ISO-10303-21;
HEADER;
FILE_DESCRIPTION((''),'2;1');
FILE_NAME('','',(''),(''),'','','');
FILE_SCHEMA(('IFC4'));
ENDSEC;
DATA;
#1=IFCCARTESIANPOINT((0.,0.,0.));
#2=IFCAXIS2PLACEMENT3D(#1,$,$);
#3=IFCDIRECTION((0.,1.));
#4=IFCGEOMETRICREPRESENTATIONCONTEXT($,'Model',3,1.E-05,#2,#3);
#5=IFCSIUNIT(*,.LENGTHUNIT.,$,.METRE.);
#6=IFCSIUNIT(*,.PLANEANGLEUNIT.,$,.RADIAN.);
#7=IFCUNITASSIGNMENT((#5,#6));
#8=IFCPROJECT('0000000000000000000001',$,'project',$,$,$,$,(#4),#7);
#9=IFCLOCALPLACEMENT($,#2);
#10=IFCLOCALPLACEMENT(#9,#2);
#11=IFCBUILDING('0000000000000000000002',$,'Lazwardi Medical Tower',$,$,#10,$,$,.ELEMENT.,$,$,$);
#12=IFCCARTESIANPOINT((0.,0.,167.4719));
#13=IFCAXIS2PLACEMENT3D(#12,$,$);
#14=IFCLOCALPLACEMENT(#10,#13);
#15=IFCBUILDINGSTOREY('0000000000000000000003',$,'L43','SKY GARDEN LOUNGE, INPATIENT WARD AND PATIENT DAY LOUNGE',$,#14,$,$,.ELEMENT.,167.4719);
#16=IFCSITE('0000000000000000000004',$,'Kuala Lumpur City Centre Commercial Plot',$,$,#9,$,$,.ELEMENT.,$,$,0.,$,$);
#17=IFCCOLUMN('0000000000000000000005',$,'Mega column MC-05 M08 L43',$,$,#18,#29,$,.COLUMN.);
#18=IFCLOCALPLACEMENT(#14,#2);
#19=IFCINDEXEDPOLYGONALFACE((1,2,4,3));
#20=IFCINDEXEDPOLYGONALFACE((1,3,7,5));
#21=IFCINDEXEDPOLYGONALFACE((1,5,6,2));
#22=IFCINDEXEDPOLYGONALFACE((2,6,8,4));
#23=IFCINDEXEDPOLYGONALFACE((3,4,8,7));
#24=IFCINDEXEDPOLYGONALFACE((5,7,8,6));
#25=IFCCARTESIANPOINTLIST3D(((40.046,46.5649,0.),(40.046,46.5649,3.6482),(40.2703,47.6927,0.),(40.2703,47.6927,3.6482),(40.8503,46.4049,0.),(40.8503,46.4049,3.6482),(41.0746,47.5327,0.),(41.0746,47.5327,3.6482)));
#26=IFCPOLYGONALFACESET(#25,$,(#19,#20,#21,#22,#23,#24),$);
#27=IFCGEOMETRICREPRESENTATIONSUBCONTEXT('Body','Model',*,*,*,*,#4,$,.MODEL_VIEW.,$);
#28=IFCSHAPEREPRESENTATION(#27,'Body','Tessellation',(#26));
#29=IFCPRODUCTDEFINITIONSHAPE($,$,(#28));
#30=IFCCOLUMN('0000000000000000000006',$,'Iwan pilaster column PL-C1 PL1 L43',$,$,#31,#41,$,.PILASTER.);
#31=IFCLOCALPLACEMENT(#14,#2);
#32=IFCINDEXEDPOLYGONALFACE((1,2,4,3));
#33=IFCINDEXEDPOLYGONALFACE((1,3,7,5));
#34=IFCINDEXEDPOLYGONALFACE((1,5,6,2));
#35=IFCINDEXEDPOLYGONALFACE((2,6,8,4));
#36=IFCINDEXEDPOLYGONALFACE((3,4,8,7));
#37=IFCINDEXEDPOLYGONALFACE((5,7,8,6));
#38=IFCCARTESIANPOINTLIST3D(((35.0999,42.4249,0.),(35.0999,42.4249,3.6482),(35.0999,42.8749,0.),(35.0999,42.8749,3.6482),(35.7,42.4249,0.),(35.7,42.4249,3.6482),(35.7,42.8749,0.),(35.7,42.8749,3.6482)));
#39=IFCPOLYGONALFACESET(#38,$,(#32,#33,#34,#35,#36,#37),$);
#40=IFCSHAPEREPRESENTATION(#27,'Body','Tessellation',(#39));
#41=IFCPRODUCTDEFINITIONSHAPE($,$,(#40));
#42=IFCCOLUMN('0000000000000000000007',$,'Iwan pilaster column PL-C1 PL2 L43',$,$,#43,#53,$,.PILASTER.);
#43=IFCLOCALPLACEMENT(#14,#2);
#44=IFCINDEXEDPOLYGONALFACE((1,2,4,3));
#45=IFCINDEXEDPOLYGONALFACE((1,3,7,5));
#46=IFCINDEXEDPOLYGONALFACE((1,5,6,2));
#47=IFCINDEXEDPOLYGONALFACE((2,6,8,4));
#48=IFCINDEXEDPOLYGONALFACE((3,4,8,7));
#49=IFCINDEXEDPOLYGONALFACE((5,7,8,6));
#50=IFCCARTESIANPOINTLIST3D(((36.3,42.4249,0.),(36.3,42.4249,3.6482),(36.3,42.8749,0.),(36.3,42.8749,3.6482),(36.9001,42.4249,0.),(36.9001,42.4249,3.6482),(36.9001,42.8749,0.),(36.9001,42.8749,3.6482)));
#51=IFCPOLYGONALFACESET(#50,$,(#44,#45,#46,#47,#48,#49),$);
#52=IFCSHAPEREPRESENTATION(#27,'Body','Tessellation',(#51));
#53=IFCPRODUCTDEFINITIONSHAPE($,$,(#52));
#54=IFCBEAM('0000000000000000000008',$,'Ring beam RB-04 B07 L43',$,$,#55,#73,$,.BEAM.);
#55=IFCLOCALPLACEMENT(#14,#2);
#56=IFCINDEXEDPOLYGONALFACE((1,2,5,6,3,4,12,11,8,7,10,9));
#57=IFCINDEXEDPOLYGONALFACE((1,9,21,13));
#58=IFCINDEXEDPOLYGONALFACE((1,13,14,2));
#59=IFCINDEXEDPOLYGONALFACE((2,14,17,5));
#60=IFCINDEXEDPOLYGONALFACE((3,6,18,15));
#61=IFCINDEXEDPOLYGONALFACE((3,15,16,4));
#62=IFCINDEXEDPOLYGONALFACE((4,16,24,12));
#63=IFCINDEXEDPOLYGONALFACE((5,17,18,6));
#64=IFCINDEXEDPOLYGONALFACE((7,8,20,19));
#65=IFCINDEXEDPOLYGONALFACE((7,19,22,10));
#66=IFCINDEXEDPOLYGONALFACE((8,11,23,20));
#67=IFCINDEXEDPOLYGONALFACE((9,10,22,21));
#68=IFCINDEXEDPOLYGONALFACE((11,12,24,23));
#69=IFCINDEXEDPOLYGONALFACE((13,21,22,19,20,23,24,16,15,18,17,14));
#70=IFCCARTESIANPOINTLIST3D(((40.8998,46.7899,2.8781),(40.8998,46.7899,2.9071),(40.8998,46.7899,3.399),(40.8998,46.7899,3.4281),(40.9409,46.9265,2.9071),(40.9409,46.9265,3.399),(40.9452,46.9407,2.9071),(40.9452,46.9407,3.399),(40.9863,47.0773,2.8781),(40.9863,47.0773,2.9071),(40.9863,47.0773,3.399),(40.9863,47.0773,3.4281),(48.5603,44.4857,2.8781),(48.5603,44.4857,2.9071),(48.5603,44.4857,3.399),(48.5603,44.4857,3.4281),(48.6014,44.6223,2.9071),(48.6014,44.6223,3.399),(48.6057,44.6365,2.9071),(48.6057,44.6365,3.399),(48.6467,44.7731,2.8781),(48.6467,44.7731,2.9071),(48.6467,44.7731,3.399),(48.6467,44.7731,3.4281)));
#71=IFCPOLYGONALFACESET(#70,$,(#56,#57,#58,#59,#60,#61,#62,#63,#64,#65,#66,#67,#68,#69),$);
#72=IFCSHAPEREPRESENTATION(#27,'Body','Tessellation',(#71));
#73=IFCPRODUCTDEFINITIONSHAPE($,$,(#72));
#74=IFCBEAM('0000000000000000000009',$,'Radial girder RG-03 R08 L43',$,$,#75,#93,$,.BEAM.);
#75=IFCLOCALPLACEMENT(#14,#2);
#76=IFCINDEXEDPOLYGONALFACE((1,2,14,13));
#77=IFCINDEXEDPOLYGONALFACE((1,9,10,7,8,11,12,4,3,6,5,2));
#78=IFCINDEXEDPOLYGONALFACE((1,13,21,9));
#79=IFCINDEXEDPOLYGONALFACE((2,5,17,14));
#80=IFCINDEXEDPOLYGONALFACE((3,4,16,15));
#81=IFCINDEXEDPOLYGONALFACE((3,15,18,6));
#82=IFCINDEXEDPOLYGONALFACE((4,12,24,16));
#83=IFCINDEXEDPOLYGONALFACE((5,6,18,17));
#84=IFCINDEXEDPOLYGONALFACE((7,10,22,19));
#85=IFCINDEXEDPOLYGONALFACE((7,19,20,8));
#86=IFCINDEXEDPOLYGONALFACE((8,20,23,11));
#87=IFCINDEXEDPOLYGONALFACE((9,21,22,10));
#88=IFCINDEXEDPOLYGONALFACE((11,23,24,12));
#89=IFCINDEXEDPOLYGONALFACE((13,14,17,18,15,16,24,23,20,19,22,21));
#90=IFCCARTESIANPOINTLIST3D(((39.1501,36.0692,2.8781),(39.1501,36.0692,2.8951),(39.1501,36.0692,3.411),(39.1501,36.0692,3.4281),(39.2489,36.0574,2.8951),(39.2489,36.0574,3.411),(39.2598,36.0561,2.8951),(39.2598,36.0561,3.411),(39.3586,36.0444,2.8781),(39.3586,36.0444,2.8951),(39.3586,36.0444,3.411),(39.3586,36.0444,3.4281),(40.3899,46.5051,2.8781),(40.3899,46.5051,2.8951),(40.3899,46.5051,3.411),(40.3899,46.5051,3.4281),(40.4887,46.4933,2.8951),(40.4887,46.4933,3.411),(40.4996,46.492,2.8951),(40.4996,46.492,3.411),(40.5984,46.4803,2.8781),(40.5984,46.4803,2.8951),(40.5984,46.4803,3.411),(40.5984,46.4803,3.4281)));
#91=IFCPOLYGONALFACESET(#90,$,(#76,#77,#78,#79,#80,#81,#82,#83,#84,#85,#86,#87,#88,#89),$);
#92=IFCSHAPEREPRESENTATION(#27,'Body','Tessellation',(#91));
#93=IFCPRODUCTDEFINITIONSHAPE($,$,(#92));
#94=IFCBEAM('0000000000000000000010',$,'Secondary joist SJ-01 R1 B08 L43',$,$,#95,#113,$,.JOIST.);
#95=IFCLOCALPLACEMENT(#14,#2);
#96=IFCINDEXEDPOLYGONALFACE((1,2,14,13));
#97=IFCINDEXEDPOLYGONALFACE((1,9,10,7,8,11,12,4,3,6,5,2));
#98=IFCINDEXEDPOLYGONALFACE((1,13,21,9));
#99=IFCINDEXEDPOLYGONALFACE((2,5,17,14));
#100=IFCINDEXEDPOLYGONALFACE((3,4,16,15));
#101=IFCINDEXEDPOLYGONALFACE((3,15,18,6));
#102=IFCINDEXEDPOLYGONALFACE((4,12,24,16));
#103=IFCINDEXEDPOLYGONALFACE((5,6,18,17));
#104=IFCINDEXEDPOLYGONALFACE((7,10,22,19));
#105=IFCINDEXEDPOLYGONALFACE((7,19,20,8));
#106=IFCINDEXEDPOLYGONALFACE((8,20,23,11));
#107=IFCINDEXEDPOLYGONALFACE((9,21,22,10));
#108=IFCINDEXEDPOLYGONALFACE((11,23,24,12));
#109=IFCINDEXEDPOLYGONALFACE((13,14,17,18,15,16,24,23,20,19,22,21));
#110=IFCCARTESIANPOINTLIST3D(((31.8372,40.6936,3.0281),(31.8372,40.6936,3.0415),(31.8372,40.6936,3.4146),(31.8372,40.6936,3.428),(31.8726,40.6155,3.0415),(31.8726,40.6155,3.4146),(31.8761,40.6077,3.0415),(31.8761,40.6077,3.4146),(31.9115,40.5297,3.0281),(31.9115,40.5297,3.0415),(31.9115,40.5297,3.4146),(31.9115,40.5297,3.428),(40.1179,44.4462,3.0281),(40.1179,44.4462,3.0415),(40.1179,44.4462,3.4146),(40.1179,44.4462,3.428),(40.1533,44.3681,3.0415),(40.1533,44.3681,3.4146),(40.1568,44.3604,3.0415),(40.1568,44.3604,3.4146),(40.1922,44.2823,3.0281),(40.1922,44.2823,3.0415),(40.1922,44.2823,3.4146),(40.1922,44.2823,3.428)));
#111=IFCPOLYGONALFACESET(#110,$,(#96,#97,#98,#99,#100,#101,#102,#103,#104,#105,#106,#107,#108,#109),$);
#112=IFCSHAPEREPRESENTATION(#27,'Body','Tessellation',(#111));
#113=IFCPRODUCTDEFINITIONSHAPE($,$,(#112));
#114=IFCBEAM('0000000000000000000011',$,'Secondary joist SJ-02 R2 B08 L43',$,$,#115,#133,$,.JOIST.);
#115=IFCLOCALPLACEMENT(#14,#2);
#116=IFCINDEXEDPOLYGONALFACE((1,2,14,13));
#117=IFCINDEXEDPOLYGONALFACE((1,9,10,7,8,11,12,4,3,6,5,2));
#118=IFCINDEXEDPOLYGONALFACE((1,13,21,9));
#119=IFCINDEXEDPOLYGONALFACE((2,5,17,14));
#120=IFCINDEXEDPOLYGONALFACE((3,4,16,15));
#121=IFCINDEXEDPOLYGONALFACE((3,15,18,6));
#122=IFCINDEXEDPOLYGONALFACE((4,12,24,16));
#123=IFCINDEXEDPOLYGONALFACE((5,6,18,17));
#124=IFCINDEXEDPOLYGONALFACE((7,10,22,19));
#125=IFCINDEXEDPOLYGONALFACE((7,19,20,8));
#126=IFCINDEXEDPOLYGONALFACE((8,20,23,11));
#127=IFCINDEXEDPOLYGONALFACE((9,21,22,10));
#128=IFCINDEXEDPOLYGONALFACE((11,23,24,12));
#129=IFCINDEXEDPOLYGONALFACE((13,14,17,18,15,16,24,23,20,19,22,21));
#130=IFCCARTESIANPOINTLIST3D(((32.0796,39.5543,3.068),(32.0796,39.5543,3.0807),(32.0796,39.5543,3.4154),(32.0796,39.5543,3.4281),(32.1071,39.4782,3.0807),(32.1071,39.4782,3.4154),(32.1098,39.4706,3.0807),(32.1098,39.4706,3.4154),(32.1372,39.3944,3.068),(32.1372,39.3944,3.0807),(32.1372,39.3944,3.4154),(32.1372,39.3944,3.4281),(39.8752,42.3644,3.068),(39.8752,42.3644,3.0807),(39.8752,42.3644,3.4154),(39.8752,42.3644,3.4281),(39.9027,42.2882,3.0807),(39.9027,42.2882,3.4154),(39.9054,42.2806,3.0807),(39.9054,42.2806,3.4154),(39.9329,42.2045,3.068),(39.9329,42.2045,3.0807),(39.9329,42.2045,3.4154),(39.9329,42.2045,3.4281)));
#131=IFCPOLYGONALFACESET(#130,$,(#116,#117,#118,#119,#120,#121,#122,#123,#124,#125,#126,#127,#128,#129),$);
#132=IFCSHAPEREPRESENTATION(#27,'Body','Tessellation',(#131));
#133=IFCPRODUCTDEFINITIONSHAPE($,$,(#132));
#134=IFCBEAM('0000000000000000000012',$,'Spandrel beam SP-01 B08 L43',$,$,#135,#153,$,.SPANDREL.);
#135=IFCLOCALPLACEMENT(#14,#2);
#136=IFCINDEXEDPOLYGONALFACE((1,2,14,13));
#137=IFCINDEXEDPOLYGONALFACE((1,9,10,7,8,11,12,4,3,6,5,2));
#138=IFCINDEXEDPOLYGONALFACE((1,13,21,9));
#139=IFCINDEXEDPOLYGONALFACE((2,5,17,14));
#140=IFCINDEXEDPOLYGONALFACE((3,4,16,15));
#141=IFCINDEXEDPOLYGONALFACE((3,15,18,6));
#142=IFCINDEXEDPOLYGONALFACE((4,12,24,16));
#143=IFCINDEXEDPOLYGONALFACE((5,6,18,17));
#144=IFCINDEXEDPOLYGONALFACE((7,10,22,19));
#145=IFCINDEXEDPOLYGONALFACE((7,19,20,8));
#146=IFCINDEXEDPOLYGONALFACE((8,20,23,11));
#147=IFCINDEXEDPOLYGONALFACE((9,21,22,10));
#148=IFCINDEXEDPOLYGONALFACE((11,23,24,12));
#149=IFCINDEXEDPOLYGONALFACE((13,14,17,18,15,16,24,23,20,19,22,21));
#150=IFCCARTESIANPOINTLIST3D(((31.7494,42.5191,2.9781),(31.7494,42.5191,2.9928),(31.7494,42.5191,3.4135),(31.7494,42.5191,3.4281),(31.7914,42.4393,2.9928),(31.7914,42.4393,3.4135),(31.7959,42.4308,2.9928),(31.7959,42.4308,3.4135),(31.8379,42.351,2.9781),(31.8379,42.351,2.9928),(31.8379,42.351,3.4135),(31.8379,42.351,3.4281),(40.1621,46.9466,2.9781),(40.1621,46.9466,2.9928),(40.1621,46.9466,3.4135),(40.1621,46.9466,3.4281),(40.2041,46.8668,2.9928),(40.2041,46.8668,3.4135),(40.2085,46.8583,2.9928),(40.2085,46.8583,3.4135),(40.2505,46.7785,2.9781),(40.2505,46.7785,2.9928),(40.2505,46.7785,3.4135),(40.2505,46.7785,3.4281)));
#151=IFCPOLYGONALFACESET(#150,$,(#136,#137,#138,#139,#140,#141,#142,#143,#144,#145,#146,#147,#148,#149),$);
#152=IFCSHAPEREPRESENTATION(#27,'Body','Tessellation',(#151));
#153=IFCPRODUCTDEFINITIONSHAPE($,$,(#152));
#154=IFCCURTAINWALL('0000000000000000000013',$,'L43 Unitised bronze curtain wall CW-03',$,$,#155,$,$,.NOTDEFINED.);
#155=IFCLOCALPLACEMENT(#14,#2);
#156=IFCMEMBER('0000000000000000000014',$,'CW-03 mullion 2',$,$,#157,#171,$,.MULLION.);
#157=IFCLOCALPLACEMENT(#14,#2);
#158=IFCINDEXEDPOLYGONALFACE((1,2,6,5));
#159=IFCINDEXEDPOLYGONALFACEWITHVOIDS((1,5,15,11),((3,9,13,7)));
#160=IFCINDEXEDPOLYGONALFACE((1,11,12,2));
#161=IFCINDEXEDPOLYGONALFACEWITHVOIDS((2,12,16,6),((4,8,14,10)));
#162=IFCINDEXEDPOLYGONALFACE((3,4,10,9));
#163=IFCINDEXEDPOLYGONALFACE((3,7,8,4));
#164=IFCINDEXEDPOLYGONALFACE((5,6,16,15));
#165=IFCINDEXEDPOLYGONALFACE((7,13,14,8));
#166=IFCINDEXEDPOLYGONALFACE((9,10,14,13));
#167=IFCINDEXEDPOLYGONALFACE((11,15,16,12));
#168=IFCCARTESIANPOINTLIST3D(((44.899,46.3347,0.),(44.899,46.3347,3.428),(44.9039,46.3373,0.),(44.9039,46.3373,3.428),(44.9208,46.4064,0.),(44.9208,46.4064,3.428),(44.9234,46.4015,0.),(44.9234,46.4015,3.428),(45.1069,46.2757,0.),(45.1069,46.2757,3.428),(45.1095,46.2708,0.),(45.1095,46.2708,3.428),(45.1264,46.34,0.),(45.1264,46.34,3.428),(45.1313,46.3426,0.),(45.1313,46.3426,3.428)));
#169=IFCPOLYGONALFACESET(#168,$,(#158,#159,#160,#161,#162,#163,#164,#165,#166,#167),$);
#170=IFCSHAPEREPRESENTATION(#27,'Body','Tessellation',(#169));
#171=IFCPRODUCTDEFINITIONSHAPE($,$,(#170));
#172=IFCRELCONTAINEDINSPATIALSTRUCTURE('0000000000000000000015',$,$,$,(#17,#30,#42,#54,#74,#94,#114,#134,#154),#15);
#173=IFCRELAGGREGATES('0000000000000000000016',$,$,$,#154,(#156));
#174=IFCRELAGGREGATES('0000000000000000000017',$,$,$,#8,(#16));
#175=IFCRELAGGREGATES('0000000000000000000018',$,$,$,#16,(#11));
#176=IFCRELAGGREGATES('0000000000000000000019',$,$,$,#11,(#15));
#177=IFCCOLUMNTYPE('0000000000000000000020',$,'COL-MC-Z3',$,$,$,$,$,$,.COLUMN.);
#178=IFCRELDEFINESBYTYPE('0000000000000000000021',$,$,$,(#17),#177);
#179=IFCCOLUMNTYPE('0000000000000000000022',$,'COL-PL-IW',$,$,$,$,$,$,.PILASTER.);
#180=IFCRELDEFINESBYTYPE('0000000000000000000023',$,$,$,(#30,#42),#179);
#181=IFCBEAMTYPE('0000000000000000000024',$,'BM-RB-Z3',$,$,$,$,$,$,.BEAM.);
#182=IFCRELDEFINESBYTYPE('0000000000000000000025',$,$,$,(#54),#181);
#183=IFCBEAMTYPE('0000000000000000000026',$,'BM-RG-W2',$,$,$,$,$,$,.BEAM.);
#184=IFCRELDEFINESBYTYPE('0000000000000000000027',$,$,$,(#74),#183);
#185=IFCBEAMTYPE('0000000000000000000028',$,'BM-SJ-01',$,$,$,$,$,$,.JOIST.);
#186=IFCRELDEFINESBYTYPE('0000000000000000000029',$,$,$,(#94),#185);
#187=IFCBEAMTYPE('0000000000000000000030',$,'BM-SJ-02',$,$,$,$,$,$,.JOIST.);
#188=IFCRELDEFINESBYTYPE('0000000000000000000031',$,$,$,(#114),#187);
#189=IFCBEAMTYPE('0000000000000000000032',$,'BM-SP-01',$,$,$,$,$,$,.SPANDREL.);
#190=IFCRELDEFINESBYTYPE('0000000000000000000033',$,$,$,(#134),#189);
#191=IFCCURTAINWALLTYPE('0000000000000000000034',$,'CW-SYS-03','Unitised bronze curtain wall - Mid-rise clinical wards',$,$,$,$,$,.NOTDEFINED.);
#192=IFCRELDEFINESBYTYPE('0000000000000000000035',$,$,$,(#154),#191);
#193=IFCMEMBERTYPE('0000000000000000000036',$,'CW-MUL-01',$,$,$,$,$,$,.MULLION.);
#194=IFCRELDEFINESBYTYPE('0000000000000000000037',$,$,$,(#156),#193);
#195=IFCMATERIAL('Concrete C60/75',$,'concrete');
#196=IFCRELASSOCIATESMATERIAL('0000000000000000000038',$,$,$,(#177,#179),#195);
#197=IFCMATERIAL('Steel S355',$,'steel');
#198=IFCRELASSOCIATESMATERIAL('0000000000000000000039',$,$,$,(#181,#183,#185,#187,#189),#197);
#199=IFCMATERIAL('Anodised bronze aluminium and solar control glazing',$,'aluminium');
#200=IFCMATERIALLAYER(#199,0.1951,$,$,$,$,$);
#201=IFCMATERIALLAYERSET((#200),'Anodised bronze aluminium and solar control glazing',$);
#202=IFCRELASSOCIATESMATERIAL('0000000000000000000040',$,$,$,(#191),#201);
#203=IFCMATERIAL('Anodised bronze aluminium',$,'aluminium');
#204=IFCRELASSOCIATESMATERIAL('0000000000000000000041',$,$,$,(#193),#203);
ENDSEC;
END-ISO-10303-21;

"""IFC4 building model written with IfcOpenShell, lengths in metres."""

from ifc_helpers import new_model, si_unit, direction, frame, origin, origin_2d, place, context, subcontext, project, spatial, rectangle, hollow_rectangle, i_section, extrude, material, layer, layer_set, material_profile, profile_set, type_object, element, aggregate, save


model = new_model("IFC4")

# Units and contexts
model_context = context("Model", 3, precision=1e-05, world=origin(), true_north=direction((0.0, 1.0)))
body_context = subcontext(model_context, "Body", "Model", "MODEL_VIEW")
ifc_project = project(units=[si_unit("LENGTHUNIT", "METRE"), si_unit("PLANEANGLEUNIT", "RADIAN")], contexts=[model_context])

# Site, building, storey
site_placement = place(None, origin())
site = spatial("IfcSite", under=ifc_project, at=site_placement, Name="Kuala Lumpur City Centre Commercial Plot", CompositionType="ELEMENT", RefElevation=0.0)
building_placement = place(site_placement, origin())
building = spatial("IfcBuilding", under=site, at=building_placement, Name="Lazwardi Medical Tower", CompositionType="ELEMENT")
storey_placement = place(building_placement, frame((0.0, 0.0, 167.4719)))
storey = spatial("IfcBuildingStorey", under=building, at=storey_placement, Name="L43", Description="SKY GARDEN LOUNGE, INPATIENT WARD AND PATIENT DAY LOUNGE", CompositionType="ELEMENT", Elevation=167.4719)

# Columns
ifc_material_1 = material(Name="Concrete C60/75", Category="concrete")
ifc_material_profile_1 = material_profile(ifc_material_1, rectangle(XDim=1.1499, YDim=0.8201, at=origin_2d()), Name="CFT-RECT 1150x820")
ifc_profile_set_1 = profile_set([ifc_material_profile_1], Name="Concrete C60/75")
column_type_1 = type_object("IfcColumnType", Name="COL-MC-Z3", PredefinedType="COLUMN", material=ifc_profile_set_1)
column_placement = place(storey_placement, frame((40.5603, 47.0488, 0.0), z_axis=(0.0, 0.0, 1.0), x_axis=(0.19509, 0.980785, 0.0)))
element("IfcColumn", 1, at=column_placement, inside=storey, type_object=column_type_1, Name="Mega column MC-05 M08 L43", PredefinedType="COLUMN", context=body_context, shape_type="SweptSolid", body=[
    extrude(rectangle(XDim=1.1499, YDim=0.8201, at=origin_2d()), origin(), (0.0, 0.0, 1.0), 3.6482),
])
ifc_material_profile_2 = material_profile(ifc_material_1, rectangle(XDim=0.6001, YDim=0.45, at=origin_2d()), Name="RC 600x450")
ifc_profile_set_2 = profile_set([ifc_material_profile_2], Name="Concrete C60/75")
column_type_2 = type_object("IfcColumnType", Name="COL-PL-IW", PredefinedType="PILASTER", material=ifc_profile_set_2)
for number, where, z_axis, x_axis, name in (
    (2, (35.3999, 42.6499, 0.0), (0.0, 0.0, 1.0), (1.0, 0.0, 0.0), "Iwan pilaster column PL-C1 PL1 L43"),
    (3, (36.6001, 42.6499, 0.0), (0.0, 0.0, 1.0), (1.0, 0.0, 0.0), "Iwan pilaster column PL-C1 PL2 L43"),
):
    element("IfcColumn", number, at=place(storey_placement, frame(where, z_axis=z_axis, x_axis=x_axis)), inside=storey, type_object=column_type_2, Name=name, PredefinedType="PILASTER", context=body_context, shape_type="SweptSolid", body=[
        extrude(rectangle(XDim=0.6001, YDim=0.45, at=origin_2d()), origin(), (0.0, 0.0, 1.0), 3.6482),
    ])

# Beams
ifc_material_2 = material(Name="Steel S355", Category="steel")
ifc_material_profile_3 = material_profile(ifc_material_2, i_section(OverallWidth=0.3, OverallDepth=0.55, WebThickness=0.0149, FlangeThickness=0.0291, at=origin_2d()), Name="HEB 550")
ifc_profile_set_3 = profile_set([ifc_material_profile_3], Name="Steel S355")
beam_type_1 = type_object("IfcBeamType", Name="BM-RB-Z3", PredefinedType="BEAM", material=ifc_profile_set_3)
beam_1_placement = place(storey_placement, frame((48.6035, 44.6294, 3.1531), z_axis=(-0.957617, 0.288045, 0.0), x_axis=(-0.288045, -0.957617, 0.0)))
element("IfcBeam", 4, at=beam_1_placement, inside=storey, type_object=beam_type_1, Name="Ring beam RB-04 B07 L43", PredefinedType="BEAM", context=body_context, shape_type="SweptSolid", body=[
    extrude(i_section(OverallWidth=0.3, OverallDepth=0.55, WebThickness=0.0149, FlangeThickness=0.0291, at=origin_2d()), origin(), (0.0, 0.0, 1.0), 7.9995),
])
ifc_material_profile_4 = material_profile(ifc_material_2, i_section(OverallWidth=0.21, OverallDepth=0.55, WebThickness=0.011, FlangeThickness=0.0171, at=origin_2d()), Name="IPE 550")
ifc_profile_set_4 = profile_set([ifc_material_profile_4], Name="Steel S355")
beam_type_2 = type_object("IfcBeamType", Name="BM-RG-W2", PredefinedType="BEAM", material=ifc_profile_set_4)
beam_2_placement = place(storey_placement, frame((40.4941, 46.4927, 3.1531), z_axis=(-0.117968, -0.993017, 0.0), x_axis=(0.993017, -0.117968, 0.0)))
element("IfcBeam", 5, at=beam_2_placement, inside=storey, type_object=beam_type_2, Name="Radial girder RG-03 R08 L43", PredefinedType="BEAM", context=body_context, shape_type="SweptSolid", body=[
    extrude(i_section(OverallWidth=0.21, OverallDepth=0.55, WebThickness=0.011, FlangeThickness=0.0171, at=origin_2d()), origin(), (0.0, 0.0, 1.0), 10.5093),
])
ifc_material_profile_5 = material_profile(ifc_material_2, i_section(OverallWidth=0.1799, OverallDepth=0.3999, WebThickness=0.0085, FlangeThickness=0.0134, at=origin_2d()), Name="IPE 400")
ifc_profile_set_5 = profile_set([ifc_material_profile_5], Name="Steel S355")
beam_type_3 = type_object("IfcBeamType", Name="BM-SJ-01", PredefinedType="JOIST", material=ifc_profile_set_5)
beam_3_placement = place(storey_placement, frame((40.155, 44.3643, 3.228), z_axis=(-0.910834, -0.412773, 0.0), x_axis=(0.412773, -0.910834, 0.0)))
element("IfcBeam", 6, at=beam_3_placement, inside=storey, type_object=beam_type_3, Name="Secondary joist SJ-01 R1 B08 L43", PredefinedType="JOIST", context=body_context, shape_type="SweptSolid", body=[
    extrude(i_section(OverallWidth=0.1799, OverallDepth=0.3999, WebThickness=0.0085, FlangeThickness=0.0134, at=origin_2d()), origin(), (0.0, 0.0, 1.0), 9.0913),
])
ifc_material_profile_6 = material_profile(ifc_material_2, i_section(OverallWidth=0.1699, OverallDepth=0.3601, WebThickness=0.0081, FlangeThickness=0.0127, at=origin_2d()), Name="IPE 360")
ifc_profile_set_6 = profile_set([ifc_material_profile_6], Name="Steel S355")
beam_type_4 = type_object("IfcBeamType", Name="BM-SJ-02", PredefinedType="JOIST", material=ifc_profile_set_6)
beam_4_placement = place(storey_placement, frame((39.9041, 42.2844, 3.248), z_axis=(-0.940748, -0.339106, 0.0), x_axis=(0.339106, -0.940748, 0.0)))
element("IfcBeam", 7, at=beam_4_placement, inside=storey, type_object=beam_type_4, Name="Secondary joist SJ-02 R2 B08 L43", PredefinedType="JOIST", context=body_context, shape_type="SweptSolid", body=[
    extrude(i_section(OverallWidth=0.1699, OverallDepth=0.3601, WebThickness=0.0081, FlangeThickness=0.0127, at=origin_2d()), origin(), (0.0, 0.0, 1.0), 8.2866),
])
ifc_material_profile_7 = material_profile(ifc_material_2, i_section(OverallWidth=0.1899, OverallDepth=0.45, WebThickness=0.0095, FlangeThickness=0.0146, at=origin_2d()), Name="IPE 450")
ifc_profile_set_7 = profile_set([ifc_material_profile_7], Name="Steel S355")
beam_type_5 = type_object("IfcBeamType", Name="BM-SP-01", PredefinedType="SPANDREL", material=ifc_profile_set_7)
beam_5_placement = place(storey_placement, frame((40.2063, 46.8625, 3.2031), z_axis=(-0.884927, -0.465731, 0.0), x_axis=(0.465731, -0.884927, 0.0)))
element("IfcBeam", 8, at=beam_5_placement, inside=storey, type_object=beam_type_5, Name="Spandrel beam SP-01 B08 L43", PredefinedType="SPANDREL", context=body_context, shape_type="SweptSolid", body=[
    extrude(i_section(OverallWidth=0.1899, OverallDepth=0.45, WebThickness=0.0095, FlangeThickness=0.0146, at=origin_2d()), origin(), (0.0, 0.0, 1.0), 9.5066),
])

# Curtain wall, member
ifc_material_3 = material(Name="Anodised bronze aluminium and solar control glazing", Category="aluminium")
ifc_layer_1 = layer(ifc_material_3, 0.1951)
ifc_layer_set_1 = layer_set([ifc_layer_1], Name="Anodised bronze aluminium and solar control glazing")
curtain_wall_type = type_object("IfcCurtainWallType", Name="CW-SYS-03", Description="Unitised bronze curtain wall - Mid-rise clinical wards", PredefinedType="NOTDEFINED", material=ifc_layer_set_1)
curtain_wall_placement = place(storey_placement, origin())
curtain_wall = element("IfcCurtainWall", 9, at=curtain_wall_placement, inside=storey, type_object=curtain_wall_type, Name="L43 Unitised bronze curtain wall CW-03", PredefinedType="NOTDEFINED")
ifc_material_4 = material(Name="Anodised bronze aluminium", Category="aluminium")
ifc_material_profile_8 = material_profile(ifc_material_4, hollow_rectangle(XDim=0.075, YDim=0.22, WallThickness=0.0039, at=origin_2d()), Name="ALU-MULLION 220x75x4")
ifc_profile_set_8 = profile_set([ifc_material_profile_8], Name="Anodised bronze aluminium")
member_type_1 = type_object("IfcMemberType", Name="CW-MUL-01", PredefinedType="MULLION", material=ifc_profile_set_8)
member_1_placement = place(storey_placement, frame((45.0151, 46.3386, 0.0), z_axis=(0.0, 0.0, 1.0), x_axis=(-0.290281, -0.956942, 0.0)))
member_1 = element("IfcMember", 10, at=member_1_placement, type_object=member_type_1, Name="CW-03 mullion 2", PredefinedType="MULLION", context=body_context, shape_type="SweptSolid", body=[
    extrude(hollow_rectangle(XDim=0.075, YDim=0.22, WallThickness=0.0039, at=origin_2d()), origin(), (0.0, 0.0, 1.0), 3.428),
])
aggregate(curtain_wall, [member_1])

save(model, "model.ifc")
